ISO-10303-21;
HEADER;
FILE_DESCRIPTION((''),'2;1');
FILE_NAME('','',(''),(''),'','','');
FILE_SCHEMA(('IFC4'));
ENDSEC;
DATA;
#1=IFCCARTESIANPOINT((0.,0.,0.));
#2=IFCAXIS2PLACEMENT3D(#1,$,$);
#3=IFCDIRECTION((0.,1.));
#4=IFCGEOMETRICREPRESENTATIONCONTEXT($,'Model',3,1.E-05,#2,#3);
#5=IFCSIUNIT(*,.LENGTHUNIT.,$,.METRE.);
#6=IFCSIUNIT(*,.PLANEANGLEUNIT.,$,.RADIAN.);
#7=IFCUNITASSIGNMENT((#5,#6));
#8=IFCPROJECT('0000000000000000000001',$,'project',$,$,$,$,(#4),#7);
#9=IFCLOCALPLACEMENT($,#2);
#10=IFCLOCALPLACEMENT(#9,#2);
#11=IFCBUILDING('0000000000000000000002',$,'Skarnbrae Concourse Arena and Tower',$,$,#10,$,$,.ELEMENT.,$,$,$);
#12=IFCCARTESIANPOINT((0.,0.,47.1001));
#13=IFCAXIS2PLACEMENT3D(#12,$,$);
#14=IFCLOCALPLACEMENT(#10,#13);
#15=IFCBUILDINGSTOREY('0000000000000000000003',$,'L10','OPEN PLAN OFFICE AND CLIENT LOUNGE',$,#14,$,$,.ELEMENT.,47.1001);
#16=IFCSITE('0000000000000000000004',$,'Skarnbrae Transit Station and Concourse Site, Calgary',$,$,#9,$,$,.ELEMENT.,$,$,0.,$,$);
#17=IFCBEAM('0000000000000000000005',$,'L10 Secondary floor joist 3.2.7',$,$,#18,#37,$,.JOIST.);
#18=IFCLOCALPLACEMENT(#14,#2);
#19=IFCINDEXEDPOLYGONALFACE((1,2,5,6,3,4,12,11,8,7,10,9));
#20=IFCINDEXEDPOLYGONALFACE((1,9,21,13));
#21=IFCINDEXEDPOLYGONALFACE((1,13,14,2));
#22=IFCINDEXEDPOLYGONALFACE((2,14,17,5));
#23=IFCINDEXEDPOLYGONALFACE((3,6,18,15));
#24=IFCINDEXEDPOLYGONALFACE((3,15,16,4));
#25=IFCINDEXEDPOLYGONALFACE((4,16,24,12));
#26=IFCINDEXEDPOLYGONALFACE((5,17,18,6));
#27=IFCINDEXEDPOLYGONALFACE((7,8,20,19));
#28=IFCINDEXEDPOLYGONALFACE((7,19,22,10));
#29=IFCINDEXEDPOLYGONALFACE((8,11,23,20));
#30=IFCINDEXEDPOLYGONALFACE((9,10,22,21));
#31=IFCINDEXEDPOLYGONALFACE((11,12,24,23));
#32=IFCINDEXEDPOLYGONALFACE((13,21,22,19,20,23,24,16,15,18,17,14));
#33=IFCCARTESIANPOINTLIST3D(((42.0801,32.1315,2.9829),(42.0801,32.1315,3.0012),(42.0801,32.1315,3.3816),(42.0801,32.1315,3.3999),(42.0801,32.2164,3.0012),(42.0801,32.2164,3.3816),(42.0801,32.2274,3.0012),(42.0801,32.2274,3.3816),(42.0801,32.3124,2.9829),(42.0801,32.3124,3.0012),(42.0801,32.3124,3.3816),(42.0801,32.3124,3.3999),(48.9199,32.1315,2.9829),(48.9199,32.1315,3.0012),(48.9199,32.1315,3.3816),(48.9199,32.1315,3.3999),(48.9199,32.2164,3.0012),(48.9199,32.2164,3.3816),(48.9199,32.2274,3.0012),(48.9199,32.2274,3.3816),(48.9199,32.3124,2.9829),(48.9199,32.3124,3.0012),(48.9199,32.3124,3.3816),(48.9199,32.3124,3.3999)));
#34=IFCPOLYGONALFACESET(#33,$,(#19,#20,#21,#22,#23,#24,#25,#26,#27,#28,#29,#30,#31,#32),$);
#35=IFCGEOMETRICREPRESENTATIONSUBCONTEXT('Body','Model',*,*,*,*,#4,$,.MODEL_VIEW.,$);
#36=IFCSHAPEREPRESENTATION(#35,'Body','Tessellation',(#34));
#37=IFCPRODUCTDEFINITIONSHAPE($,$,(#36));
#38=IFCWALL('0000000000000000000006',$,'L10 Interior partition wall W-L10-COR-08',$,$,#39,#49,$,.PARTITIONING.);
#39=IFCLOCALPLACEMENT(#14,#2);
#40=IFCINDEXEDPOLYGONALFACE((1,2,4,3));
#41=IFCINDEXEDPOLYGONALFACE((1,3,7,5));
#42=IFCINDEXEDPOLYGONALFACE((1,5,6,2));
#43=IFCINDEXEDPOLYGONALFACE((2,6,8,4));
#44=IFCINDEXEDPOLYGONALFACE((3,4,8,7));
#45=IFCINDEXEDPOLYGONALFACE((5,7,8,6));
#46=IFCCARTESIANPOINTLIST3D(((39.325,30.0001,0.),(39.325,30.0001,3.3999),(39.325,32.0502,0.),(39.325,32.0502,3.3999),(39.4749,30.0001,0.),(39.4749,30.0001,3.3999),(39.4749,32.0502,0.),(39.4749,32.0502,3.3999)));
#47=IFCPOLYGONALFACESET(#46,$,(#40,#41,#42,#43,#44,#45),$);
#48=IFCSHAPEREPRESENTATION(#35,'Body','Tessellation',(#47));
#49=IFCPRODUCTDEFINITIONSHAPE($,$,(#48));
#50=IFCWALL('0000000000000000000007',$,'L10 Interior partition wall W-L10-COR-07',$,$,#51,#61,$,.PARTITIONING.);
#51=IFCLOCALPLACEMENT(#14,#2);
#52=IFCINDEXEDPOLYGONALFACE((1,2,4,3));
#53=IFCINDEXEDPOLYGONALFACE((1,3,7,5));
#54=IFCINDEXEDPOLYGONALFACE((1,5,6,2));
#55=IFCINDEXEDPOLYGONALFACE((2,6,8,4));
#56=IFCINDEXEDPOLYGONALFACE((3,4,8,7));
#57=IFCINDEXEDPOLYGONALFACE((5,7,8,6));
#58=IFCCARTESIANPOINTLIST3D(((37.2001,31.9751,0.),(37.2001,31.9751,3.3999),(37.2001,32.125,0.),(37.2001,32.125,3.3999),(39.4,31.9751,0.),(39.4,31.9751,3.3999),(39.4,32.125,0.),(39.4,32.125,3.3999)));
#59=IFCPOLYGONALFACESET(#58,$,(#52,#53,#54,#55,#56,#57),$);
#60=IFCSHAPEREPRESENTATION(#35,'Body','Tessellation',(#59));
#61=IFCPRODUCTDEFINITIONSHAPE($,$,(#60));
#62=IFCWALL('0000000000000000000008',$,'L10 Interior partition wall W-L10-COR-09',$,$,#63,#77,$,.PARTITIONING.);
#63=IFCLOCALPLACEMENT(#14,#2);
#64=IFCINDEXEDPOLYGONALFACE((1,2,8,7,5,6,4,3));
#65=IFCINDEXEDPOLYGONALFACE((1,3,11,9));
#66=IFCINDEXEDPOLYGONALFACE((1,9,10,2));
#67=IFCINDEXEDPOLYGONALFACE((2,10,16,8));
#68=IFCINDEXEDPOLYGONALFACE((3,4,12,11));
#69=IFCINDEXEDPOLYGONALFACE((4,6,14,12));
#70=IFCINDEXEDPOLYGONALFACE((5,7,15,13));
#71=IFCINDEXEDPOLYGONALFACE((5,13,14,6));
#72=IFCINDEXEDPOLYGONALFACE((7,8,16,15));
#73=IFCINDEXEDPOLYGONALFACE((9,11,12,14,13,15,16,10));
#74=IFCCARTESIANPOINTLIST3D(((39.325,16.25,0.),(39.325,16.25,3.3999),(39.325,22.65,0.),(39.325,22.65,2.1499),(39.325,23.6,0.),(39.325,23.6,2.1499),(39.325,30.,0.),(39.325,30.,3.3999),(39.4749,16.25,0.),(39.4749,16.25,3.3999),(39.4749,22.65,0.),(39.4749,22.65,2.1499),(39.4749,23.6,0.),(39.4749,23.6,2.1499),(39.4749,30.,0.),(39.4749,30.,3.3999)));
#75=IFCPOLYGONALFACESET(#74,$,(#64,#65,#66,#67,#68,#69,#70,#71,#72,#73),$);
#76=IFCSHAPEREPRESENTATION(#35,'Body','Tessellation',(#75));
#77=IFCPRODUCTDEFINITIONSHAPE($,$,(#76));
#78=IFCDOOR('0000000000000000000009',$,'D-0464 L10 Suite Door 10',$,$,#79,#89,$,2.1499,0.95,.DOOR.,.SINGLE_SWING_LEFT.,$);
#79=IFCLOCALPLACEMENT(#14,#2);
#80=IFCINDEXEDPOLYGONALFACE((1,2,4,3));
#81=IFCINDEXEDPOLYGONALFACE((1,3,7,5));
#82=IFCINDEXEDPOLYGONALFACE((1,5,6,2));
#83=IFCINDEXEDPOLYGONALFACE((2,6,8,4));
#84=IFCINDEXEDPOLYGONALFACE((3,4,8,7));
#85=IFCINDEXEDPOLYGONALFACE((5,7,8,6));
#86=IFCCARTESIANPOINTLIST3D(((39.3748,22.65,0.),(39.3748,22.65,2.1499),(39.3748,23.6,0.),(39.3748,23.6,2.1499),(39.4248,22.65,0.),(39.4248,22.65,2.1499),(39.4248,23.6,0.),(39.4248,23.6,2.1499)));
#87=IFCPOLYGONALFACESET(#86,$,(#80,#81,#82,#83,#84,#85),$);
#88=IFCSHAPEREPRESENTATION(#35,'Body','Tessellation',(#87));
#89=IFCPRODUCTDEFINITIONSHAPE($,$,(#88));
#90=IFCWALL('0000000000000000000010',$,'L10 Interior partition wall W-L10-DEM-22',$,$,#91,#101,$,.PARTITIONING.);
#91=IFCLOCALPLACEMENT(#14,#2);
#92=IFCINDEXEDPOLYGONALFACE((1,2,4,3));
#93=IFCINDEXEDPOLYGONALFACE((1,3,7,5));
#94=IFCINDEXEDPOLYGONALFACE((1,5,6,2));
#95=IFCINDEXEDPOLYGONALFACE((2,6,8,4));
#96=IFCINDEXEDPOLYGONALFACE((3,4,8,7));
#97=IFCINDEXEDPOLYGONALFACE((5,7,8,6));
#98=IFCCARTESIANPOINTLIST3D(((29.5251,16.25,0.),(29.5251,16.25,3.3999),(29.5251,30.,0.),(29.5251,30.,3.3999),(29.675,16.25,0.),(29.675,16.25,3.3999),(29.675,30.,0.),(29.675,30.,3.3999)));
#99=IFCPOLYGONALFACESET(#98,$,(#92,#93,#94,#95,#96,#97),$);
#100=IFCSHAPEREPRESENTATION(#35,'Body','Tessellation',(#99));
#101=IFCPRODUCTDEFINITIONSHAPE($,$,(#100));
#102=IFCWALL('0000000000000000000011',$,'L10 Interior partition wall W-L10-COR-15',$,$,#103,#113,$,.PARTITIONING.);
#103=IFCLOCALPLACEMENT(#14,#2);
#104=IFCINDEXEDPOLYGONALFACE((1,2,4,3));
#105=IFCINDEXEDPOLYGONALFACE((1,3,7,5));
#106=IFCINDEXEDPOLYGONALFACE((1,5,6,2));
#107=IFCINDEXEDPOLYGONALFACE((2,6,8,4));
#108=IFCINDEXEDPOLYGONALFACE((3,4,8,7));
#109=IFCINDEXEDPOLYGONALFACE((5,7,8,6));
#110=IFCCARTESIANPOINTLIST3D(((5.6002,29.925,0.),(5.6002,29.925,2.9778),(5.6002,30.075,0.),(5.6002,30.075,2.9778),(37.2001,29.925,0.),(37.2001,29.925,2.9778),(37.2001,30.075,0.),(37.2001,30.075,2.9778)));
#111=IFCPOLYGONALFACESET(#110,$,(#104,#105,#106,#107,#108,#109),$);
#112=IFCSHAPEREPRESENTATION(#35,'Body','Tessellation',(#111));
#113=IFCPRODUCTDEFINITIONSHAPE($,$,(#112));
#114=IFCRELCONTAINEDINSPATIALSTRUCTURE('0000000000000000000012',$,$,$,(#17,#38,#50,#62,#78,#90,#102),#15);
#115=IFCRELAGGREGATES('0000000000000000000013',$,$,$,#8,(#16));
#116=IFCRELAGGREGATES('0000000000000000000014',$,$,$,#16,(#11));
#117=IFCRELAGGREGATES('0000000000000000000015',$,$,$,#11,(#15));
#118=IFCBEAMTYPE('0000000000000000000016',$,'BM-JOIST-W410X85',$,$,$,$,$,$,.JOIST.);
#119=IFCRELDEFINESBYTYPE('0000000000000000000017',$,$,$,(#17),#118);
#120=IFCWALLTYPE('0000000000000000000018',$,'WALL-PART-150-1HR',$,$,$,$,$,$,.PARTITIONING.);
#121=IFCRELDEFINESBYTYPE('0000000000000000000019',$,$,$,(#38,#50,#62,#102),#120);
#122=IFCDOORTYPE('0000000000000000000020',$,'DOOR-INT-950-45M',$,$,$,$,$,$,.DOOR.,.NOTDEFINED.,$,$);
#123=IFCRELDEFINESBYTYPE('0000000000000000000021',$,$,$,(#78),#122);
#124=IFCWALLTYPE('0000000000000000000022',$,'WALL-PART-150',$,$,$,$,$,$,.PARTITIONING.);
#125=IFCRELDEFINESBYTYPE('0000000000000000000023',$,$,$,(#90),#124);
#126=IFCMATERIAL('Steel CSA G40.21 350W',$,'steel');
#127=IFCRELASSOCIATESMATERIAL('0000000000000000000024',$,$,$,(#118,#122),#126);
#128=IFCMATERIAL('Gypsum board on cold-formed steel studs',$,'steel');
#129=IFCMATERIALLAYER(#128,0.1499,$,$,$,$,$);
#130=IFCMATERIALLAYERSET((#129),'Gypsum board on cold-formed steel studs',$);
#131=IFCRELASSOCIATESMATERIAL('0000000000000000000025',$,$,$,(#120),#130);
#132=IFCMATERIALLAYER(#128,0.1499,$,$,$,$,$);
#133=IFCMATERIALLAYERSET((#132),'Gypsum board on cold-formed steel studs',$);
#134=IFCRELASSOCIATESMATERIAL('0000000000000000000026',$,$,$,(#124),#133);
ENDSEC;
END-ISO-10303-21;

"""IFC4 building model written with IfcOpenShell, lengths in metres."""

from ifc_helpers import new_model, si_unit, direction, frame, frame_2d, origin, origin_2d, place, context, subcontext, project, spatial, rectangle, i_section, extrude, source, transform, mapped, material, layer, layer_set, material_profile, profile_set, type_object, element, fill, save


model = new_model("IFC4")

# Units and contexts
model_context = context("Model", 3, precision=1e-05, world=origin(), true_north=direction((0.0, 1.0)))
body_context = subcontext(model_context, "Body", "Model", "MODEL_VIEW")
ifc_project = project(units=[si_unit("LENGTHUNIT", "METRE"), si_unit("PLANEANGLEUNIT", "RADIAN")], contexts=[model_context])

# Site, building, storey
site_placement = place(None, origin())
site = spatial("IfcSite", under=ifc_project, at=site_placement, Name="Skarnbrae Transit Station and Concourse Site, Calgary", CompositionType="ELEMENT", RefElevation=0.0)
building_placement = place(site_placement, origin())
building = spatial("IfcBuilding", under=site, at=building_placement, Name="Skarnbrae Concourse Arena and Tower", CompositionType="ELEMENT")
storey_placement = place(building_placement, frame((0.0, 0.0, 47.1001)))
storey = spatial("IfcBuildingStorey", under=building, at=storey_placement, Name="L10", Description="OPEN PLAN OFFICE AND CLIENT LOUNGE", CompositionType="ELEMENT", Elevation=47.1001)

# Shared definitions
ifc_material_1 = material(Name="Steel CSA G40.21 350W", Category="steel")

# Beam
ifc_material_profile_1 = material_profile(ifc_material_1, i_section(OverallWidth=0.1809, OverallDepth=0.417, WebThickness=0.011, FlangeThickness=0.0183, at=origin_2d()), Name="W410X85")
ifc_profile_set_1 = profile_set([ifc_material_profile_1], Name="Steel CSA G40.21 350W")
beam_type_1 = type_object("IfcBeamType", Name="BM-JOIST-W410X85", PredefinedType="JOIST", material=ifc_profile_set_1)
shared_shape_1 = source(origin(), body_context, "Body", "SweptSolid", [
    extrude(i_section(OverallWidth=0.1809, OverallDepth=0.417, WebThickness=0.011, FlangeThickness=0.0183, at=origin_2d()), origin(), (0.0, 0.0, 1.0), 6.8398),
])
for number, where, z_axis, x_axis, name in (
    (1, (42.0801, 32.2219, 3.1914), (1.0, 0.0, 0.0), (0.0, 1.0, 0.0), "L10 Secondary floor joist 3.2.7"),
):
    element("IfcBeam", number, at=place(storey_placement, frame(where, z_axis=z_axis, x_axis=x_axis)), inside=storey, type_object=beam_type_1, Name=name, PredefinedType="JOIST", context=body_context, shape_type="MappedRepresentation", body=[
        mapped(shared_shape_1, transform((0.0, 0.0, 0.0))),
    ])

# Walls
ifc_material_2 = material(Name="Gypsum board on cold-formed steel studs", Category="steel")
ifc_layer_1 = layer(ifc_material_2, 0.1499)
ifc_layer_set_1 = layer_set([ifc_layer_1], Name="Gypsum board on cold-formed steel studs")
wall_type_1 = type_object("IfcWallType", Name="WALL-PART-150-1HR", PredefinedType="PARTITIONING", material=ifc_layer_set_1)
shared_shape_2 = source(origin(), body_context, "Body", "SweptSolid", [
    extrude(rectangle(XDim=2.05, YDim=0.1499, at=frame_2d((1.0249, 0.0))), origin(), (0.0, 0.0, 1.0), 3.3999),
])
wall_1_placement = place(storey_placement, frame((39.3999, 32.05, 0.0), z_axis=(0.0, 0.0, 1.0), x_axis=(0.0, -1.0, 0.0)))
element("IfcWall", 2, at=wall_1_placement, inside=storey, type_object=wall_type_1, Name="L10 Interior partition wall W-L10-COR-08", PredefinedType="PARTITIONING", context=body_context, shape_type="MappedRepresentation", body=[
    mapped(shared_shape_2, transform((0.0, 0.0, 0.0))),
])
shared_shape_3 = source(origin(), body_context, "Body", "SweptSolid", [
    extrude(rectangle(XDim=2.2, YDim=0.1499, at=frame_2d((1.1001, 0.0))), origin(), (0.0, 0.0, 1.0), 3.3999),
])
wall_2_placement = place(storey_placement, frame((37.2, 32.05, 0.0), z_axis=(0.0, 0.0, 1.0), x_axis=(1.0, 0.0, 0.0)))
element("IfcWall", 3, at=wall_2_placement, inside=storey, type_object=wall_type_1, Name="L10 Interior partition wall W-L10-COR-07", PredefinedType="PARTITIONING", context=body_context, shape_type="MappedRepresentation", body=[
    mapped(shared_shape_3, transform((0.0, 0.0, 0.0))),
])

# Wall, opening, door
shared_shape_4 = source(origin(), body_context, "Body", "SweptSolid", [
    extrude(rectangle(XDim=13.75, YDim=0.1499, at=frame_2d((6.875, 0.0))), origin(), (0.0, 0.0, 1.0), 3.3999),
])
wall_3_placement = place(storey_placement, frame((39.3999, 30.0, 0.0), z_axis=(0.0, 0.0, 1.0), x_axis=(0.0, -1.0, 0.0)))
wall_3 = element("IfcWall", 4, at=wall_3_placement, inside=storey, type_object=wall_type_1, Name="L10 Interior partition wall W-L10-COR-09", PredefinedType="PARTITIONING", context=body_context, shape_type="MappedRepresentation", body=[
    mapped(shared_shape_4, transform((0.0, 0.0, 0.0))),
])
opening_placement = place(wall_3_placement, frame((6.3999, 0.0, 0.0)))
opening = element("IfcOpeningElement", 5, at=opening_placement, cuts=wall_3, PredefinedType="OPENING", context=body_context, shape_type="SweptSolid", body=[
    extrude(rectangle(XDim=0.95, YDim=2.1499, at=frame_2d((0.4751, 1.075))), frame((0.0, 0.085, 0.0), z_axis=(0.0, -1.0, 0.0), x_axis=(1.0, 0.0, 0.0)), (0.0, 0.0, 1.0), 0.1699),
])
door_type = type_object("IfcDoorType", Name="DOOR-INT-950-45M", OperationType="NOTDEFINED", PredefinedType="DOOR", material=ifc_material_1)
shared_shape_5 = source(origin(), body_context, "Body", "SweptSolid", [
    extrude(rectangle(XDim=0.95, YDim=2.1499, at=frame_2d((0.4751, 1.075))), frame((0.0, 0.0249, 0.0), z_axis=(0.0, -1.0, 0.0), x_axis=(1.0, 0.0, 0.0)), (0.0, 0.0, 1.0), 0.05),
])
door_placement = place(opening_placement, origin())
door = element("IfcDoor", 6, at=door_placement, inside=storey, type_object=door_type, Name="D-0464 L10 Suite Door 10", OperationType="SINGLE_SWING_LEFT", OverallHeight=2.1499, OverallWidth=0.95, PredefinedType="DOOR", context=body_context, shape_type="MappedRepresentation", body=[
    mapped(shared_shape_5, transform((0.0, 0.0, 0.0))),
])
fill(opening, door)

# Walls
ifc_layer_2 = layer(ifc_material_2, 0.1499)
ifc_layer_set_2 = layer_set([ifc_layer_2], Name="Gypsum board on cold-formed steel studs")
wall_type_2 = type_object("IfcWallType", Name="WALL-PART-150", PredefinedType="PARTITIONING", material=ifc_layer_set_2)
wall_4_placement = place(storey_placement, frame((29.6001, 30.0, 0.0), z_axis=(0.0, 0.0, 1.0), x_axis=(0.0, -1.0, 0.0)))
element("IfcWall", 7, at=wall_4_placement, inside=storey, type_object=wall_type_2, Name="L10 Interior partition wall W-L10-DEM-22", PredefinedType="PARTITIONING", context=body_context, shape_type="MappedRepresentation", body=[
    mapped(shared_shape_4, transform((0.0, 0.0, 0.0))),
])
shared_shape_6 = source(origin(), body_context, "Body", "SweptSolid", [
    extrude(rectangle(XDim=31.5999, YDim=0.1499, at=frame_2d((15.7998, 0.0))), origin(), (0.0, 0.0, 1.0), 2.9778),
])
wall_5_placement = place(storey_placement, frame((37.2, 30.0, 0.0), z_axis=(0.0, 0.0, 1.0), x_axis=(-1.0, 0.0, 0.0)))
element("IfcWall", 8, at=wall_5_placement, inside=storey, type_object=wall_type_1, Name="L10 Interior partition wall W-L10-COR-15", PredefinedType="PARTITIONING", context=body_context, shape_type="MappedRepresentation", body=[
    mapped(shared_shape_6, transform((0.0, 0.0, 0.0))),
])

save(model, "model.ifc")
